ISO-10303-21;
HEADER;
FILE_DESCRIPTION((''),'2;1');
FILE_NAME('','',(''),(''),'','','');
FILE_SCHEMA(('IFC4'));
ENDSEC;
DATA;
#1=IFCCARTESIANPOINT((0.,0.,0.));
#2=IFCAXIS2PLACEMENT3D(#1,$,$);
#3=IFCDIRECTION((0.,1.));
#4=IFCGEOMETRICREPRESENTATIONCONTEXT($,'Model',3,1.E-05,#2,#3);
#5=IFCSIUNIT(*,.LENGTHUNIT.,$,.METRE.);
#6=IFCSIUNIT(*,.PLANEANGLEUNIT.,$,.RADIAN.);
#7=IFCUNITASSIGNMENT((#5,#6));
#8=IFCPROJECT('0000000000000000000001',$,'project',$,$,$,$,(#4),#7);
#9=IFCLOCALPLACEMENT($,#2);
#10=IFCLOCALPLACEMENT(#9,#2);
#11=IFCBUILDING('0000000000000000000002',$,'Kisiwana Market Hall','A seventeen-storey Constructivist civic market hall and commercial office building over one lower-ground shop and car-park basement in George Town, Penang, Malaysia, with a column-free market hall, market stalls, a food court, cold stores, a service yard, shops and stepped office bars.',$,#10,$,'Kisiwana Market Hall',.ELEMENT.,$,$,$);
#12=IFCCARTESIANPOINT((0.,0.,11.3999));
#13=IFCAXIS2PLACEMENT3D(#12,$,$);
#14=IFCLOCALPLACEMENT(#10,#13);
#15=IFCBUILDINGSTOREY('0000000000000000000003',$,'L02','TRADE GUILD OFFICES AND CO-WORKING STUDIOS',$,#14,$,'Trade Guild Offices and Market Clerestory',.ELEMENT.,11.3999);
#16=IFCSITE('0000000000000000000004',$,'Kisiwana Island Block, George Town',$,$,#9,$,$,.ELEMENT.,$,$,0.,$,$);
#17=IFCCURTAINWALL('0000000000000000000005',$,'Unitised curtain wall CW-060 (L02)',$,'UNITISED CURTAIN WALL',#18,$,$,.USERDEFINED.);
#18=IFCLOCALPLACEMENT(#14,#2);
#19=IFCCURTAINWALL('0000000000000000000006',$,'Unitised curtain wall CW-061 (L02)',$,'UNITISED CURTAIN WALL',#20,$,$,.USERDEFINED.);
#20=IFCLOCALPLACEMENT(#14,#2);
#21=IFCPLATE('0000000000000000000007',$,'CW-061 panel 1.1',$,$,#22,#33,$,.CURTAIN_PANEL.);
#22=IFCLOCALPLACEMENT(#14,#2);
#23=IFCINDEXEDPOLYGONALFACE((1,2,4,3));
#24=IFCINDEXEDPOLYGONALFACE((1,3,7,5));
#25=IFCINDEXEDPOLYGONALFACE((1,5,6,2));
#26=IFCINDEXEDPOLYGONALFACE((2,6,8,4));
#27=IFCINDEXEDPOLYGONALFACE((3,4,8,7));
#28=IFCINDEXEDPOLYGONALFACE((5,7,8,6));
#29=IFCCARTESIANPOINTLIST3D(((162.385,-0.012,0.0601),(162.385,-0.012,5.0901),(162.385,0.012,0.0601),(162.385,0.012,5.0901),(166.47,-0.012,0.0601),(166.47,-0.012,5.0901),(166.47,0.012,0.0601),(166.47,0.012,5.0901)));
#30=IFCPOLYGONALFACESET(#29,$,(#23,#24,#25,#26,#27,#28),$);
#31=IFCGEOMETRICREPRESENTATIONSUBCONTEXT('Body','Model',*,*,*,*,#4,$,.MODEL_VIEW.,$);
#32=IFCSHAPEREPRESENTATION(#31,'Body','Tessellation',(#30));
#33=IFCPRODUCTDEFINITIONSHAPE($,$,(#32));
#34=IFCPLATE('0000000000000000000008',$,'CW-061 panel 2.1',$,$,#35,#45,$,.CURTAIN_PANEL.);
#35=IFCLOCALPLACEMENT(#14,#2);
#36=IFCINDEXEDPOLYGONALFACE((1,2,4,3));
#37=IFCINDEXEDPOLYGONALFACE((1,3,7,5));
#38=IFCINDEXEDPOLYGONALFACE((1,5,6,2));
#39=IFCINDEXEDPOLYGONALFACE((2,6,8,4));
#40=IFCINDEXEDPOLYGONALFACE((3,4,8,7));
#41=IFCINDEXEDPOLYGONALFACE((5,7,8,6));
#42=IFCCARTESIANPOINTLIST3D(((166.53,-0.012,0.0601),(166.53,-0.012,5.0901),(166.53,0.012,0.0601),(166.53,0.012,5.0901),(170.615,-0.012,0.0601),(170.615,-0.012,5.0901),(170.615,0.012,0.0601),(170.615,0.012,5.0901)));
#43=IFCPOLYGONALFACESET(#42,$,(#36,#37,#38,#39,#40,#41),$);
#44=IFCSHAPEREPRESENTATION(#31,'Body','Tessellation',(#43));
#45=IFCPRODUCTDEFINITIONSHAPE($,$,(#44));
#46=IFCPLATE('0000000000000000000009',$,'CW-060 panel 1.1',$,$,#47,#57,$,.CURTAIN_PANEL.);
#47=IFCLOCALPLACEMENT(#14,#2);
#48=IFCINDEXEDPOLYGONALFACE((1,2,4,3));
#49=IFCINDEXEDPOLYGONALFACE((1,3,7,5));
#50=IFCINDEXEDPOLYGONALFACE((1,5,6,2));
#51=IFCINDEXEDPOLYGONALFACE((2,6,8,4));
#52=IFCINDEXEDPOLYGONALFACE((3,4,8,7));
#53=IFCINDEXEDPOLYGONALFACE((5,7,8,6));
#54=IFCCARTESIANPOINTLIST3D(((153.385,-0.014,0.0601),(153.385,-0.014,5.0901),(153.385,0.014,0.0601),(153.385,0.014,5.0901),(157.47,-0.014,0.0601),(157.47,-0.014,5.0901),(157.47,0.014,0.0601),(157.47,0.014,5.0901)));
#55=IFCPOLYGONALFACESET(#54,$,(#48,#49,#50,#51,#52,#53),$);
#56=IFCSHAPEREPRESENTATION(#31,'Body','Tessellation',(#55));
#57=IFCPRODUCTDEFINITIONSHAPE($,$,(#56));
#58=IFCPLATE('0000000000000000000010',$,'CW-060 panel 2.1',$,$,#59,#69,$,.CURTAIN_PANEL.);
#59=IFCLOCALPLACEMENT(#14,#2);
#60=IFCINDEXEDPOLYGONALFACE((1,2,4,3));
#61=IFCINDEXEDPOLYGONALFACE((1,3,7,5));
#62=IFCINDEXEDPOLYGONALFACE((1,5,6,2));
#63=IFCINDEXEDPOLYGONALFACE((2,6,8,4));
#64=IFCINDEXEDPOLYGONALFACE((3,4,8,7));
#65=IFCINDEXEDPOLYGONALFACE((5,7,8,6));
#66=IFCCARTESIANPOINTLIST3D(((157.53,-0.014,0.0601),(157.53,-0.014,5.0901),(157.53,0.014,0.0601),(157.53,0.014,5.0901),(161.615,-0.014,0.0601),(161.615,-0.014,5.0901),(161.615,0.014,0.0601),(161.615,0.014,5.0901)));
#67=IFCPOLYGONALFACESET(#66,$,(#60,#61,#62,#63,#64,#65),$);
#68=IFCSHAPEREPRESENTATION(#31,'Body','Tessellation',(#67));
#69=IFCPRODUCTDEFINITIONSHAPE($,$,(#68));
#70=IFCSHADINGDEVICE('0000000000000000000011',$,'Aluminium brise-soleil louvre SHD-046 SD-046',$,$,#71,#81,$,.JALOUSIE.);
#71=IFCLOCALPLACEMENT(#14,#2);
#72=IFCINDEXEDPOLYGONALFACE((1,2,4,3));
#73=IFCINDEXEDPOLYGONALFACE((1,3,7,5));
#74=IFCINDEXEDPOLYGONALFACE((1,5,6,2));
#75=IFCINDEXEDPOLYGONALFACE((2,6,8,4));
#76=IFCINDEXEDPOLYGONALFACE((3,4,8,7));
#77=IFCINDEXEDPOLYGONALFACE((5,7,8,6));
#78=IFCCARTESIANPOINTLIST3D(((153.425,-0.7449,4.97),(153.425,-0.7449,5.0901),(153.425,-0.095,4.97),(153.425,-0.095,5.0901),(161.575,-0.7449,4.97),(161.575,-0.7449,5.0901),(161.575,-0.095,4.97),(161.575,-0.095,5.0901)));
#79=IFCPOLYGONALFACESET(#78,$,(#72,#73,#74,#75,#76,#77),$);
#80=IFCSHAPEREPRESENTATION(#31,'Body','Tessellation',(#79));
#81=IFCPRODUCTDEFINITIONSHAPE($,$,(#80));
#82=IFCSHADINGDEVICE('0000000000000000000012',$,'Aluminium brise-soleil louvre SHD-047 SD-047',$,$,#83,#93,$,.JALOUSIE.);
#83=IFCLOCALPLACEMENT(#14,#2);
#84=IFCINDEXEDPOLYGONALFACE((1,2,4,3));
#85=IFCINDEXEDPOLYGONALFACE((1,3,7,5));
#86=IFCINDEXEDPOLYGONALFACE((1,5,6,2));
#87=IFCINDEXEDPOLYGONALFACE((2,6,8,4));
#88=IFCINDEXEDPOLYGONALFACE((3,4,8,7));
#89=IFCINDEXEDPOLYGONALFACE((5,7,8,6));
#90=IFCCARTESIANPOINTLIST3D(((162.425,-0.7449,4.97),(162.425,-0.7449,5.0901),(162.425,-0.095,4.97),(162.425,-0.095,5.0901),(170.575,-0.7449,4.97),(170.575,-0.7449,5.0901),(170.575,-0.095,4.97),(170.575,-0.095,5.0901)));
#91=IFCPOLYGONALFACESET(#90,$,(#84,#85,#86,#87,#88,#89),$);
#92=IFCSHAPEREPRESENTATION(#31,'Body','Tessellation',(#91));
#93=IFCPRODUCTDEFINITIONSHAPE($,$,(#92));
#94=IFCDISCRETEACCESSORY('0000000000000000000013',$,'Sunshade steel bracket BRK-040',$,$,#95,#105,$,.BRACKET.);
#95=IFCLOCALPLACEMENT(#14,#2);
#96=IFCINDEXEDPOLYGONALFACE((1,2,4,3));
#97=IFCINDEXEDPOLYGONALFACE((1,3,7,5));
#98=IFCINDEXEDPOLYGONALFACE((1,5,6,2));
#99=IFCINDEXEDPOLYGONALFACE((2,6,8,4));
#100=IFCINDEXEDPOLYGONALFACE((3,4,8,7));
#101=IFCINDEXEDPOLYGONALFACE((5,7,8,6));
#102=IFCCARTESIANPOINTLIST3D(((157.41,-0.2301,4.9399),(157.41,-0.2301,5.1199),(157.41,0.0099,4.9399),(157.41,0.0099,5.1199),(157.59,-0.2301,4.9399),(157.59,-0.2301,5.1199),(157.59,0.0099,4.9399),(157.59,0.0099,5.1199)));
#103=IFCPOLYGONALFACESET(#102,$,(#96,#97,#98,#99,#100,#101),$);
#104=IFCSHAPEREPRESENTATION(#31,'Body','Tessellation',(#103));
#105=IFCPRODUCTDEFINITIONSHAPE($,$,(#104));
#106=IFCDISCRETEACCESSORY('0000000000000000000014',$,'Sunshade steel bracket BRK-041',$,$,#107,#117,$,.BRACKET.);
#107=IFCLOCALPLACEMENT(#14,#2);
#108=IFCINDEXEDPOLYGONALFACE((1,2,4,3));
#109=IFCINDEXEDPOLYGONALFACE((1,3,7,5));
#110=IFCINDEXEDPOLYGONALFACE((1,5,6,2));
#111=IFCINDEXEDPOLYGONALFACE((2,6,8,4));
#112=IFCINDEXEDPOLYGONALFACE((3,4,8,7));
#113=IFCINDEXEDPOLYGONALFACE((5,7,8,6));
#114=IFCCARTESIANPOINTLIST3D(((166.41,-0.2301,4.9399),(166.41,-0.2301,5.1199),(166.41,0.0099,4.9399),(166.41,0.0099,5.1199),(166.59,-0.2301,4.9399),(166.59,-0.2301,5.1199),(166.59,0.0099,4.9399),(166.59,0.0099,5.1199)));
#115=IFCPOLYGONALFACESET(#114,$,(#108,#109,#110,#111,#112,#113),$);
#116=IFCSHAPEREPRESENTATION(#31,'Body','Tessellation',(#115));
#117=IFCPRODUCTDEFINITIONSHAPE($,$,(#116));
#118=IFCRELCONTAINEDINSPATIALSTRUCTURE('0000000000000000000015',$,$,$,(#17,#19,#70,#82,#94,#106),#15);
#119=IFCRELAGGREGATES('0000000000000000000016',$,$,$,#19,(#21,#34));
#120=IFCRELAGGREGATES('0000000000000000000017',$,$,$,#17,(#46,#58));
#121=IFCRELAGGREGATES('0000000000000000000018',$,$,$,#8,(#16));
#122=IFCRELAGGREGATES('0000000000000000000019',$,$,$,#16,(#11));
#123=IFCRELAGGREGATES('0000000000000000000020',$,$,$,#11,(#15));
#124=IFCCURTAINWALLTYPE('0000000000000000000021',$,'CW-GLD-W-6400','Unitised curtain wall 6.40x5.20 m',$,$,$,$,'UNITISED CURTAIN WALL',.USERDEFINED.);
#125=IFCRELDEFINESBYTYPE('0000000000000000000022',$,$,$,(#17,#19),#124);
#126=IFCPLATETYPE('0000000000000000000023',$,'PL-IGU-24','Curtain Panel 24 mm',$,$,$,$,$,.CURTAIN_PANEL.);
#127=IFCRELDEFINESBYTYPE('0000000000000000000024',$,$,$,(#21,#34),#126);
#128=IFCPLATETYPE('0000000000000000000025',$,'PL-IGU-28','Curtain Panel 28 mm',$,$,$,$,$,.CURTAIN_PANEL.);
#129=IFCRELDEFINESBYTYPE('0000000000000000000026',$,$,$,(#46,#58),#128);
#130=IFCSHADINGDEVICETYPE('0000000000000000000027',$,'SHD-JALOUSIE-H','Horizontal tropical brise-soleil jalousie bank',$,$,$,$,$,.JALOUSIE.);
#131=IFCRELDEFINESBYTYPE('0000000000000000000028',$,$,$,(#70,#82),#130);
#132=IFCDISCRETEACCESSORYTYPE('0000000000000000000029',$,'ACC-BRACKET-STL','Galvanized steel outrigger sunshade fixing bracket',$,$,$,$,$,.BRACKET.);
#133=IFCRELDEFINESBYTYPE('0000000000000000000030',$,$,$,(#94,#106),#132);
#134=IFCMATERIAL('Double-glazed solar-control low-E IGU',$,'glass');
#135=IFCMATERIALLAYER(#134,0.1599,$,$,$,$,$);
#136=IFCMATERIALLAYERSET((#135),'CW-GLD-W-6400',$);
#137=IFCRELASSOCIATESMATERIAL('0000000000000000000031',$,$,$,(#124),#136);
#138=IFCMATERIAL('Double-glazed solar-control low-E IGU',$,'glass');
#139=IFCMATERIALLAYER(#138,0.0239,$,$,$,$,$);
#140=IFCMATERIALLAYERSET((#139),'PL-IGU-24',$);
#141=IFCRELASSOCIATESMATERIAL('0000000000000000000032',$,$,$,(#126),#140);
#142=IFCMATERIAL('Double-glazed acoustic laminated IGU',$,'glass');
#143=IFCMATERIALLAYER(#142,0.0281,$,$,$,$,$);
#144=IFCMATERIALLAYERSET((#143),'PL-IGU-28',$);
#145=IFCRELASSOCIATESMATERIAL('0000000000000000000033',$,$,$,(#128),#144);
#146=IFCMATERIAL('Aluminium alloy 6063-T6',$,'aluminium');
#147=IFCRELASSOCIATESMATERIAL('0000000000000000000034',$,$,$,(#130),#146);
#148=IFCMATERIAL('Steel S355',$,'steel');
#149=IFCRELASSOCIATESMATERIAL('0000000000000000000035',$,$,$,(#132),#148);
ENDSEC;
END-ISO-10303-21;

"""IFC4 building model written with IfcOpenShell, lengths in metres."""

from ifc_helpers import new_model, si_unit, direction, frame, origin, origin_2d, place, context, subcontext, project, spatial, rectangle, extrude, material, layer, layer_set, type_object, element, aggregate, save


model = new_model("IFC4")

# Units and contexts
model_context = context("Model", 3, precision=1e-05, world=origin(), true_north=direction((0.0, 1.0)))
body_context = subcontext(model_context, "Body", "Model", "MODEL_VIEW")
ifc_project = project(units=[si_unit("LENGTHUNIT", "METRE"), si_unit("PLANEANGLEUNIT", "RADIAN")], contexts=[model_context])

# Site, building, storey
site_placement = place(None, origin())
site = spatial("IfcSite", under=ifc_project, at=site_placement, Name="Kisiwana Island Block, George Town", CompositionType="ELEMENT", RefElevation=0.0)
building_placement = place(site_placement, origin())
building = spatial("IfcBuilding", under=site, at=building_placement, Name="Kisiwana Market Hall", Description="A seventeen-storey Constructivist civic market hall and commercial office building over one lower-ground shop and car-park basement in George Town, Penang, Malaysia, with a column-free market hall, market stalls, a food court, cold stores, a service yard, shops and stepped office bars.", LongName="Kisiwana Market Hall", CompositionType="ELEMENT")
storey_placement = place(building_placement, frame((0.0, 0.0, 11.3999)))
storey = spatial("IfcBuildingStorey", under=building, at=storey_placement, Name="L02", Description="TRADE GUILD OFFICES AND CO-WORKING STUDIOS", LongName="Trade Guild Offices and Market Clerestory", CompositionType="ELEMENT", Elevation=11.3999)

# Curtain walls
ifc_material_1 = material(Name="Double-glazed solar-control low-E IGU", Category="glass")
ifc_layer_1 = layer(ifc_material_1, 0.1599)
ifc_layer_set_1 = layer_set([ifc_layer_1], Name="CW-GLD-W-6400")
curtain_wall_type = type_object("IfcCurtainWallType", Name="CW-GLD-W-6400", Description="Unitised curtain wall 6.40x5.20 m", ElementType="UNITISED CURTAIN WALL", PredefinedType="USERDEFINED", material=ifc_layer_set_1)
curtain_wall_1_placement = place(storey_placement, origin())
curtain_wall_1 = element("IfcCurtainWall", 1, at=curtain_wall_1_placement, inside=storey, type_object=curtain_wall_type, Name="Unitised curtain wall CW-060 (L02)", ObjectType="UNITISED CURTAIN WALL", PredefinedType="USERDEFINED")
curtain_wall_2_placement = place(storey_placement, origin())
curtain_wall_2 = element("IfcCurtainWall", 2, at=curtain_wall_2_placement, inside=storey, type_object=curtain_wall_type, Name="Unitised curtain wall CW-061 (L02)", ObjectType="UNITISED CURTAIN WALL", PredefinedType="USERDEFINED")

# Plates
ifc_material_2 = material(Name="Double-glazed solar-control low-E IGU", Category="glass")
ifc_layer_2 = layer(ifc_material_2, 0.0239)
ifc_layer_set_2 = layer_set([ifc_layer_2], Name="PL-IGU-24")
plate_type_1 = type_object("IfcPlateType", Name="PL-IGU-24", Description="Curtain Panel 24 mm", PredefinedType="CURTAIN_PANEL", material=ifc_layer_set_2)
plate_1_placement = place(storey_placement, frame((164.4275, 0.0, 0.0601), z_axis=(0.0, 0.0, 1.0), x_axis=(1.0, 0.0, 0.0)))
plate_1 = element("IfcPlate", 3, at=plate_1_placement, type_object=plate_type_1, Name="CW-061 panel 1.1", PredefinedType="CURTAIN_PANEL", context=body_context, shape_type="SweptSolid", body=[
    extrude(rectangle(XDim=4.085, YDim=0.0239, at=origin_2d()), origin(), (0.0, 0.0, 1.0), 5.03),
])
plate_2_placement = place(storey_placement, frame((168.5725, 0.0, 0.0601), z_axis=(0.0, 0.0, 1.0), x_axis=(1.0, 0.0, 0.0)))
plate_2 = element("IfcPlate", 4, at=plate_2_placement, type_object=plate_type_1, Name="CW-061 panel 2.1", PredefinedType="CURTAIN_PANEL", context=body_context, shape_type="SweptSolid", body=[
    extrude(rectangle(XDim=4.085, YDim=0.0239, at=origin_2d()), origin(), (0.0, 0.0, 1.0), 5.03),
])
aggregate(curtain_wall_2, [plate_1, plate_2])
ifc_material_3 = material(Name="Double-glazed acoustic laminated IGU", Category="glass")
ifc_layer_3 = layer(ifc_material_3, 0.0281)
ifc_layer_set_3 = layer_set([ifc_layer_3], Name="PL-IGU-28")
plate_type_2 = type_object("IfcPlateType", Name="PL-IGU-28", Description="Curtain Panel 28 mm", PredefinedType="CURTAIN_PANEL", material=ifc_layer_set_3)
plate_3_placement = place(storey_placement, frame((155.4275, 0.0, 0.0601), z_axis=(0.0, 0.0, 1.0), x_axis=(1.0, 0.0, 0.0)))
plate_3 = element("IfcPlate", 5, at=plate_3_placement, type_object=plate_type_2, Name="CW-060 panel 1.1", PredefinedType="CURTAIN_PANEL", context=body_context, shape_type="SweptSolid", body=[
    extrude(rectangle(XDim=4.085, YDim=0.0281, at=origin_2d()), origin(), (0.0, 0.0, 1.0), 5.03),
])
plate_4_placement = place(storey_placement, frame((159.5725, 0.0, 0.0601), z_axis=(0.0, 0.0, 1.0), x_axis=(1.0, 0.0, 0.0)))
plate_4 = element("IfcPlate", 6, at=plate_4_placement, type_object=plate_type_2, Name="CW-060 panel 2.1", PredefinedType="CURTAIN_PANEL", context=body_context, shape_type="SweptSolid", body=[
    extrude(rectangle(XDim=4.085, YDim=0.0281, at=origin_2d()), origin(), (0.0, 0.0, 1.0), 5.03),
])
aggregate(curtain_wall_1, [plate_3, plate_4])

# Shading devices
ifc_material_4 = material(Name="Aluminium alloy 6063-T6", Category="aluminium")
shading_device_type = type_object("IfcShadingDeviceType", Name="SHD-JALOUSIE-H", Description="Horizontal tropical brise-soleil jalousie bank", PredefinedType="JALOUSIE", material=ifc_material_4)
for number, where, z_axis, x_axis, name in (
    (7, (157.5, -0.4199, 4.97), (0.0, 0.0, 1.0), (1.0, 0.0, 0.0), "Aluminium brise-soleil louvre SHD-046 SD-046"),
    (8, (166.5, -0.4199, 4.97), (0.0, 0.0, 1.0), (1.0, 0.0, 0.0), "Aluminium brise-soleil louvre SHD-047 SD-047"),
):
    element("IfcShadingDevice", number, at=place(storey_placement, frame(where, z_axis=z_axis, x_axis=x_axis)), inside=storey, type_object=shading_device_type, Name=name, PredefinedType="JALOUSIE", context=body_context, shape_type="SweptSolid", body=[
        extrude(rectangle(XDim=8.1499, YDim=0.6499, at=origin_2d()), origin(), (0.0, 0.0, 1.0), 0.1201),
    ])

# Discrete accessories
ifc_material_5 = material(Name="Steel S355", Category="steel")
discrete_accessory_type = type_object("IfcDiscreteAccessoryType", Name="ACC-BRACKET-STL", Description="Galvanized steel outrigger sunshade fixing bracket", PredefinedType="BRACKET", material=ifc_material_5)
for number, where, z_axis, x_axis, name in (
    (9, (157.5, -0.1101, 4.9399), (0.0, 0.0, 1.0), (1.0, 0.0, 0.0), "Sunshade steel bracket BRK-040"),
    (10, (166.5, -0.1101, 4.9399), (0.0, 0.0, 1.0), (1.0, 0.0, 0.0), "Sunshade steel bracket BRK-041"),
):
    element("IfcDiscreteAccessory", number, at=place(storey_placement, frame(where, z_axis=z_axis, x_axis=x_axis)), inside=storey, type_object=discrete_accessory_type, Name=name, PredefinedType="BRACKET", context=body_context, shape_type="SweptSolid", body=[
        extrude(rectangle(XDim=0.1799, YDim=0.24, at=origin_2d()), origin(), (0.0, 0.0, 1.0), 0.1799),
    ])

save(model, "model.ifc")
